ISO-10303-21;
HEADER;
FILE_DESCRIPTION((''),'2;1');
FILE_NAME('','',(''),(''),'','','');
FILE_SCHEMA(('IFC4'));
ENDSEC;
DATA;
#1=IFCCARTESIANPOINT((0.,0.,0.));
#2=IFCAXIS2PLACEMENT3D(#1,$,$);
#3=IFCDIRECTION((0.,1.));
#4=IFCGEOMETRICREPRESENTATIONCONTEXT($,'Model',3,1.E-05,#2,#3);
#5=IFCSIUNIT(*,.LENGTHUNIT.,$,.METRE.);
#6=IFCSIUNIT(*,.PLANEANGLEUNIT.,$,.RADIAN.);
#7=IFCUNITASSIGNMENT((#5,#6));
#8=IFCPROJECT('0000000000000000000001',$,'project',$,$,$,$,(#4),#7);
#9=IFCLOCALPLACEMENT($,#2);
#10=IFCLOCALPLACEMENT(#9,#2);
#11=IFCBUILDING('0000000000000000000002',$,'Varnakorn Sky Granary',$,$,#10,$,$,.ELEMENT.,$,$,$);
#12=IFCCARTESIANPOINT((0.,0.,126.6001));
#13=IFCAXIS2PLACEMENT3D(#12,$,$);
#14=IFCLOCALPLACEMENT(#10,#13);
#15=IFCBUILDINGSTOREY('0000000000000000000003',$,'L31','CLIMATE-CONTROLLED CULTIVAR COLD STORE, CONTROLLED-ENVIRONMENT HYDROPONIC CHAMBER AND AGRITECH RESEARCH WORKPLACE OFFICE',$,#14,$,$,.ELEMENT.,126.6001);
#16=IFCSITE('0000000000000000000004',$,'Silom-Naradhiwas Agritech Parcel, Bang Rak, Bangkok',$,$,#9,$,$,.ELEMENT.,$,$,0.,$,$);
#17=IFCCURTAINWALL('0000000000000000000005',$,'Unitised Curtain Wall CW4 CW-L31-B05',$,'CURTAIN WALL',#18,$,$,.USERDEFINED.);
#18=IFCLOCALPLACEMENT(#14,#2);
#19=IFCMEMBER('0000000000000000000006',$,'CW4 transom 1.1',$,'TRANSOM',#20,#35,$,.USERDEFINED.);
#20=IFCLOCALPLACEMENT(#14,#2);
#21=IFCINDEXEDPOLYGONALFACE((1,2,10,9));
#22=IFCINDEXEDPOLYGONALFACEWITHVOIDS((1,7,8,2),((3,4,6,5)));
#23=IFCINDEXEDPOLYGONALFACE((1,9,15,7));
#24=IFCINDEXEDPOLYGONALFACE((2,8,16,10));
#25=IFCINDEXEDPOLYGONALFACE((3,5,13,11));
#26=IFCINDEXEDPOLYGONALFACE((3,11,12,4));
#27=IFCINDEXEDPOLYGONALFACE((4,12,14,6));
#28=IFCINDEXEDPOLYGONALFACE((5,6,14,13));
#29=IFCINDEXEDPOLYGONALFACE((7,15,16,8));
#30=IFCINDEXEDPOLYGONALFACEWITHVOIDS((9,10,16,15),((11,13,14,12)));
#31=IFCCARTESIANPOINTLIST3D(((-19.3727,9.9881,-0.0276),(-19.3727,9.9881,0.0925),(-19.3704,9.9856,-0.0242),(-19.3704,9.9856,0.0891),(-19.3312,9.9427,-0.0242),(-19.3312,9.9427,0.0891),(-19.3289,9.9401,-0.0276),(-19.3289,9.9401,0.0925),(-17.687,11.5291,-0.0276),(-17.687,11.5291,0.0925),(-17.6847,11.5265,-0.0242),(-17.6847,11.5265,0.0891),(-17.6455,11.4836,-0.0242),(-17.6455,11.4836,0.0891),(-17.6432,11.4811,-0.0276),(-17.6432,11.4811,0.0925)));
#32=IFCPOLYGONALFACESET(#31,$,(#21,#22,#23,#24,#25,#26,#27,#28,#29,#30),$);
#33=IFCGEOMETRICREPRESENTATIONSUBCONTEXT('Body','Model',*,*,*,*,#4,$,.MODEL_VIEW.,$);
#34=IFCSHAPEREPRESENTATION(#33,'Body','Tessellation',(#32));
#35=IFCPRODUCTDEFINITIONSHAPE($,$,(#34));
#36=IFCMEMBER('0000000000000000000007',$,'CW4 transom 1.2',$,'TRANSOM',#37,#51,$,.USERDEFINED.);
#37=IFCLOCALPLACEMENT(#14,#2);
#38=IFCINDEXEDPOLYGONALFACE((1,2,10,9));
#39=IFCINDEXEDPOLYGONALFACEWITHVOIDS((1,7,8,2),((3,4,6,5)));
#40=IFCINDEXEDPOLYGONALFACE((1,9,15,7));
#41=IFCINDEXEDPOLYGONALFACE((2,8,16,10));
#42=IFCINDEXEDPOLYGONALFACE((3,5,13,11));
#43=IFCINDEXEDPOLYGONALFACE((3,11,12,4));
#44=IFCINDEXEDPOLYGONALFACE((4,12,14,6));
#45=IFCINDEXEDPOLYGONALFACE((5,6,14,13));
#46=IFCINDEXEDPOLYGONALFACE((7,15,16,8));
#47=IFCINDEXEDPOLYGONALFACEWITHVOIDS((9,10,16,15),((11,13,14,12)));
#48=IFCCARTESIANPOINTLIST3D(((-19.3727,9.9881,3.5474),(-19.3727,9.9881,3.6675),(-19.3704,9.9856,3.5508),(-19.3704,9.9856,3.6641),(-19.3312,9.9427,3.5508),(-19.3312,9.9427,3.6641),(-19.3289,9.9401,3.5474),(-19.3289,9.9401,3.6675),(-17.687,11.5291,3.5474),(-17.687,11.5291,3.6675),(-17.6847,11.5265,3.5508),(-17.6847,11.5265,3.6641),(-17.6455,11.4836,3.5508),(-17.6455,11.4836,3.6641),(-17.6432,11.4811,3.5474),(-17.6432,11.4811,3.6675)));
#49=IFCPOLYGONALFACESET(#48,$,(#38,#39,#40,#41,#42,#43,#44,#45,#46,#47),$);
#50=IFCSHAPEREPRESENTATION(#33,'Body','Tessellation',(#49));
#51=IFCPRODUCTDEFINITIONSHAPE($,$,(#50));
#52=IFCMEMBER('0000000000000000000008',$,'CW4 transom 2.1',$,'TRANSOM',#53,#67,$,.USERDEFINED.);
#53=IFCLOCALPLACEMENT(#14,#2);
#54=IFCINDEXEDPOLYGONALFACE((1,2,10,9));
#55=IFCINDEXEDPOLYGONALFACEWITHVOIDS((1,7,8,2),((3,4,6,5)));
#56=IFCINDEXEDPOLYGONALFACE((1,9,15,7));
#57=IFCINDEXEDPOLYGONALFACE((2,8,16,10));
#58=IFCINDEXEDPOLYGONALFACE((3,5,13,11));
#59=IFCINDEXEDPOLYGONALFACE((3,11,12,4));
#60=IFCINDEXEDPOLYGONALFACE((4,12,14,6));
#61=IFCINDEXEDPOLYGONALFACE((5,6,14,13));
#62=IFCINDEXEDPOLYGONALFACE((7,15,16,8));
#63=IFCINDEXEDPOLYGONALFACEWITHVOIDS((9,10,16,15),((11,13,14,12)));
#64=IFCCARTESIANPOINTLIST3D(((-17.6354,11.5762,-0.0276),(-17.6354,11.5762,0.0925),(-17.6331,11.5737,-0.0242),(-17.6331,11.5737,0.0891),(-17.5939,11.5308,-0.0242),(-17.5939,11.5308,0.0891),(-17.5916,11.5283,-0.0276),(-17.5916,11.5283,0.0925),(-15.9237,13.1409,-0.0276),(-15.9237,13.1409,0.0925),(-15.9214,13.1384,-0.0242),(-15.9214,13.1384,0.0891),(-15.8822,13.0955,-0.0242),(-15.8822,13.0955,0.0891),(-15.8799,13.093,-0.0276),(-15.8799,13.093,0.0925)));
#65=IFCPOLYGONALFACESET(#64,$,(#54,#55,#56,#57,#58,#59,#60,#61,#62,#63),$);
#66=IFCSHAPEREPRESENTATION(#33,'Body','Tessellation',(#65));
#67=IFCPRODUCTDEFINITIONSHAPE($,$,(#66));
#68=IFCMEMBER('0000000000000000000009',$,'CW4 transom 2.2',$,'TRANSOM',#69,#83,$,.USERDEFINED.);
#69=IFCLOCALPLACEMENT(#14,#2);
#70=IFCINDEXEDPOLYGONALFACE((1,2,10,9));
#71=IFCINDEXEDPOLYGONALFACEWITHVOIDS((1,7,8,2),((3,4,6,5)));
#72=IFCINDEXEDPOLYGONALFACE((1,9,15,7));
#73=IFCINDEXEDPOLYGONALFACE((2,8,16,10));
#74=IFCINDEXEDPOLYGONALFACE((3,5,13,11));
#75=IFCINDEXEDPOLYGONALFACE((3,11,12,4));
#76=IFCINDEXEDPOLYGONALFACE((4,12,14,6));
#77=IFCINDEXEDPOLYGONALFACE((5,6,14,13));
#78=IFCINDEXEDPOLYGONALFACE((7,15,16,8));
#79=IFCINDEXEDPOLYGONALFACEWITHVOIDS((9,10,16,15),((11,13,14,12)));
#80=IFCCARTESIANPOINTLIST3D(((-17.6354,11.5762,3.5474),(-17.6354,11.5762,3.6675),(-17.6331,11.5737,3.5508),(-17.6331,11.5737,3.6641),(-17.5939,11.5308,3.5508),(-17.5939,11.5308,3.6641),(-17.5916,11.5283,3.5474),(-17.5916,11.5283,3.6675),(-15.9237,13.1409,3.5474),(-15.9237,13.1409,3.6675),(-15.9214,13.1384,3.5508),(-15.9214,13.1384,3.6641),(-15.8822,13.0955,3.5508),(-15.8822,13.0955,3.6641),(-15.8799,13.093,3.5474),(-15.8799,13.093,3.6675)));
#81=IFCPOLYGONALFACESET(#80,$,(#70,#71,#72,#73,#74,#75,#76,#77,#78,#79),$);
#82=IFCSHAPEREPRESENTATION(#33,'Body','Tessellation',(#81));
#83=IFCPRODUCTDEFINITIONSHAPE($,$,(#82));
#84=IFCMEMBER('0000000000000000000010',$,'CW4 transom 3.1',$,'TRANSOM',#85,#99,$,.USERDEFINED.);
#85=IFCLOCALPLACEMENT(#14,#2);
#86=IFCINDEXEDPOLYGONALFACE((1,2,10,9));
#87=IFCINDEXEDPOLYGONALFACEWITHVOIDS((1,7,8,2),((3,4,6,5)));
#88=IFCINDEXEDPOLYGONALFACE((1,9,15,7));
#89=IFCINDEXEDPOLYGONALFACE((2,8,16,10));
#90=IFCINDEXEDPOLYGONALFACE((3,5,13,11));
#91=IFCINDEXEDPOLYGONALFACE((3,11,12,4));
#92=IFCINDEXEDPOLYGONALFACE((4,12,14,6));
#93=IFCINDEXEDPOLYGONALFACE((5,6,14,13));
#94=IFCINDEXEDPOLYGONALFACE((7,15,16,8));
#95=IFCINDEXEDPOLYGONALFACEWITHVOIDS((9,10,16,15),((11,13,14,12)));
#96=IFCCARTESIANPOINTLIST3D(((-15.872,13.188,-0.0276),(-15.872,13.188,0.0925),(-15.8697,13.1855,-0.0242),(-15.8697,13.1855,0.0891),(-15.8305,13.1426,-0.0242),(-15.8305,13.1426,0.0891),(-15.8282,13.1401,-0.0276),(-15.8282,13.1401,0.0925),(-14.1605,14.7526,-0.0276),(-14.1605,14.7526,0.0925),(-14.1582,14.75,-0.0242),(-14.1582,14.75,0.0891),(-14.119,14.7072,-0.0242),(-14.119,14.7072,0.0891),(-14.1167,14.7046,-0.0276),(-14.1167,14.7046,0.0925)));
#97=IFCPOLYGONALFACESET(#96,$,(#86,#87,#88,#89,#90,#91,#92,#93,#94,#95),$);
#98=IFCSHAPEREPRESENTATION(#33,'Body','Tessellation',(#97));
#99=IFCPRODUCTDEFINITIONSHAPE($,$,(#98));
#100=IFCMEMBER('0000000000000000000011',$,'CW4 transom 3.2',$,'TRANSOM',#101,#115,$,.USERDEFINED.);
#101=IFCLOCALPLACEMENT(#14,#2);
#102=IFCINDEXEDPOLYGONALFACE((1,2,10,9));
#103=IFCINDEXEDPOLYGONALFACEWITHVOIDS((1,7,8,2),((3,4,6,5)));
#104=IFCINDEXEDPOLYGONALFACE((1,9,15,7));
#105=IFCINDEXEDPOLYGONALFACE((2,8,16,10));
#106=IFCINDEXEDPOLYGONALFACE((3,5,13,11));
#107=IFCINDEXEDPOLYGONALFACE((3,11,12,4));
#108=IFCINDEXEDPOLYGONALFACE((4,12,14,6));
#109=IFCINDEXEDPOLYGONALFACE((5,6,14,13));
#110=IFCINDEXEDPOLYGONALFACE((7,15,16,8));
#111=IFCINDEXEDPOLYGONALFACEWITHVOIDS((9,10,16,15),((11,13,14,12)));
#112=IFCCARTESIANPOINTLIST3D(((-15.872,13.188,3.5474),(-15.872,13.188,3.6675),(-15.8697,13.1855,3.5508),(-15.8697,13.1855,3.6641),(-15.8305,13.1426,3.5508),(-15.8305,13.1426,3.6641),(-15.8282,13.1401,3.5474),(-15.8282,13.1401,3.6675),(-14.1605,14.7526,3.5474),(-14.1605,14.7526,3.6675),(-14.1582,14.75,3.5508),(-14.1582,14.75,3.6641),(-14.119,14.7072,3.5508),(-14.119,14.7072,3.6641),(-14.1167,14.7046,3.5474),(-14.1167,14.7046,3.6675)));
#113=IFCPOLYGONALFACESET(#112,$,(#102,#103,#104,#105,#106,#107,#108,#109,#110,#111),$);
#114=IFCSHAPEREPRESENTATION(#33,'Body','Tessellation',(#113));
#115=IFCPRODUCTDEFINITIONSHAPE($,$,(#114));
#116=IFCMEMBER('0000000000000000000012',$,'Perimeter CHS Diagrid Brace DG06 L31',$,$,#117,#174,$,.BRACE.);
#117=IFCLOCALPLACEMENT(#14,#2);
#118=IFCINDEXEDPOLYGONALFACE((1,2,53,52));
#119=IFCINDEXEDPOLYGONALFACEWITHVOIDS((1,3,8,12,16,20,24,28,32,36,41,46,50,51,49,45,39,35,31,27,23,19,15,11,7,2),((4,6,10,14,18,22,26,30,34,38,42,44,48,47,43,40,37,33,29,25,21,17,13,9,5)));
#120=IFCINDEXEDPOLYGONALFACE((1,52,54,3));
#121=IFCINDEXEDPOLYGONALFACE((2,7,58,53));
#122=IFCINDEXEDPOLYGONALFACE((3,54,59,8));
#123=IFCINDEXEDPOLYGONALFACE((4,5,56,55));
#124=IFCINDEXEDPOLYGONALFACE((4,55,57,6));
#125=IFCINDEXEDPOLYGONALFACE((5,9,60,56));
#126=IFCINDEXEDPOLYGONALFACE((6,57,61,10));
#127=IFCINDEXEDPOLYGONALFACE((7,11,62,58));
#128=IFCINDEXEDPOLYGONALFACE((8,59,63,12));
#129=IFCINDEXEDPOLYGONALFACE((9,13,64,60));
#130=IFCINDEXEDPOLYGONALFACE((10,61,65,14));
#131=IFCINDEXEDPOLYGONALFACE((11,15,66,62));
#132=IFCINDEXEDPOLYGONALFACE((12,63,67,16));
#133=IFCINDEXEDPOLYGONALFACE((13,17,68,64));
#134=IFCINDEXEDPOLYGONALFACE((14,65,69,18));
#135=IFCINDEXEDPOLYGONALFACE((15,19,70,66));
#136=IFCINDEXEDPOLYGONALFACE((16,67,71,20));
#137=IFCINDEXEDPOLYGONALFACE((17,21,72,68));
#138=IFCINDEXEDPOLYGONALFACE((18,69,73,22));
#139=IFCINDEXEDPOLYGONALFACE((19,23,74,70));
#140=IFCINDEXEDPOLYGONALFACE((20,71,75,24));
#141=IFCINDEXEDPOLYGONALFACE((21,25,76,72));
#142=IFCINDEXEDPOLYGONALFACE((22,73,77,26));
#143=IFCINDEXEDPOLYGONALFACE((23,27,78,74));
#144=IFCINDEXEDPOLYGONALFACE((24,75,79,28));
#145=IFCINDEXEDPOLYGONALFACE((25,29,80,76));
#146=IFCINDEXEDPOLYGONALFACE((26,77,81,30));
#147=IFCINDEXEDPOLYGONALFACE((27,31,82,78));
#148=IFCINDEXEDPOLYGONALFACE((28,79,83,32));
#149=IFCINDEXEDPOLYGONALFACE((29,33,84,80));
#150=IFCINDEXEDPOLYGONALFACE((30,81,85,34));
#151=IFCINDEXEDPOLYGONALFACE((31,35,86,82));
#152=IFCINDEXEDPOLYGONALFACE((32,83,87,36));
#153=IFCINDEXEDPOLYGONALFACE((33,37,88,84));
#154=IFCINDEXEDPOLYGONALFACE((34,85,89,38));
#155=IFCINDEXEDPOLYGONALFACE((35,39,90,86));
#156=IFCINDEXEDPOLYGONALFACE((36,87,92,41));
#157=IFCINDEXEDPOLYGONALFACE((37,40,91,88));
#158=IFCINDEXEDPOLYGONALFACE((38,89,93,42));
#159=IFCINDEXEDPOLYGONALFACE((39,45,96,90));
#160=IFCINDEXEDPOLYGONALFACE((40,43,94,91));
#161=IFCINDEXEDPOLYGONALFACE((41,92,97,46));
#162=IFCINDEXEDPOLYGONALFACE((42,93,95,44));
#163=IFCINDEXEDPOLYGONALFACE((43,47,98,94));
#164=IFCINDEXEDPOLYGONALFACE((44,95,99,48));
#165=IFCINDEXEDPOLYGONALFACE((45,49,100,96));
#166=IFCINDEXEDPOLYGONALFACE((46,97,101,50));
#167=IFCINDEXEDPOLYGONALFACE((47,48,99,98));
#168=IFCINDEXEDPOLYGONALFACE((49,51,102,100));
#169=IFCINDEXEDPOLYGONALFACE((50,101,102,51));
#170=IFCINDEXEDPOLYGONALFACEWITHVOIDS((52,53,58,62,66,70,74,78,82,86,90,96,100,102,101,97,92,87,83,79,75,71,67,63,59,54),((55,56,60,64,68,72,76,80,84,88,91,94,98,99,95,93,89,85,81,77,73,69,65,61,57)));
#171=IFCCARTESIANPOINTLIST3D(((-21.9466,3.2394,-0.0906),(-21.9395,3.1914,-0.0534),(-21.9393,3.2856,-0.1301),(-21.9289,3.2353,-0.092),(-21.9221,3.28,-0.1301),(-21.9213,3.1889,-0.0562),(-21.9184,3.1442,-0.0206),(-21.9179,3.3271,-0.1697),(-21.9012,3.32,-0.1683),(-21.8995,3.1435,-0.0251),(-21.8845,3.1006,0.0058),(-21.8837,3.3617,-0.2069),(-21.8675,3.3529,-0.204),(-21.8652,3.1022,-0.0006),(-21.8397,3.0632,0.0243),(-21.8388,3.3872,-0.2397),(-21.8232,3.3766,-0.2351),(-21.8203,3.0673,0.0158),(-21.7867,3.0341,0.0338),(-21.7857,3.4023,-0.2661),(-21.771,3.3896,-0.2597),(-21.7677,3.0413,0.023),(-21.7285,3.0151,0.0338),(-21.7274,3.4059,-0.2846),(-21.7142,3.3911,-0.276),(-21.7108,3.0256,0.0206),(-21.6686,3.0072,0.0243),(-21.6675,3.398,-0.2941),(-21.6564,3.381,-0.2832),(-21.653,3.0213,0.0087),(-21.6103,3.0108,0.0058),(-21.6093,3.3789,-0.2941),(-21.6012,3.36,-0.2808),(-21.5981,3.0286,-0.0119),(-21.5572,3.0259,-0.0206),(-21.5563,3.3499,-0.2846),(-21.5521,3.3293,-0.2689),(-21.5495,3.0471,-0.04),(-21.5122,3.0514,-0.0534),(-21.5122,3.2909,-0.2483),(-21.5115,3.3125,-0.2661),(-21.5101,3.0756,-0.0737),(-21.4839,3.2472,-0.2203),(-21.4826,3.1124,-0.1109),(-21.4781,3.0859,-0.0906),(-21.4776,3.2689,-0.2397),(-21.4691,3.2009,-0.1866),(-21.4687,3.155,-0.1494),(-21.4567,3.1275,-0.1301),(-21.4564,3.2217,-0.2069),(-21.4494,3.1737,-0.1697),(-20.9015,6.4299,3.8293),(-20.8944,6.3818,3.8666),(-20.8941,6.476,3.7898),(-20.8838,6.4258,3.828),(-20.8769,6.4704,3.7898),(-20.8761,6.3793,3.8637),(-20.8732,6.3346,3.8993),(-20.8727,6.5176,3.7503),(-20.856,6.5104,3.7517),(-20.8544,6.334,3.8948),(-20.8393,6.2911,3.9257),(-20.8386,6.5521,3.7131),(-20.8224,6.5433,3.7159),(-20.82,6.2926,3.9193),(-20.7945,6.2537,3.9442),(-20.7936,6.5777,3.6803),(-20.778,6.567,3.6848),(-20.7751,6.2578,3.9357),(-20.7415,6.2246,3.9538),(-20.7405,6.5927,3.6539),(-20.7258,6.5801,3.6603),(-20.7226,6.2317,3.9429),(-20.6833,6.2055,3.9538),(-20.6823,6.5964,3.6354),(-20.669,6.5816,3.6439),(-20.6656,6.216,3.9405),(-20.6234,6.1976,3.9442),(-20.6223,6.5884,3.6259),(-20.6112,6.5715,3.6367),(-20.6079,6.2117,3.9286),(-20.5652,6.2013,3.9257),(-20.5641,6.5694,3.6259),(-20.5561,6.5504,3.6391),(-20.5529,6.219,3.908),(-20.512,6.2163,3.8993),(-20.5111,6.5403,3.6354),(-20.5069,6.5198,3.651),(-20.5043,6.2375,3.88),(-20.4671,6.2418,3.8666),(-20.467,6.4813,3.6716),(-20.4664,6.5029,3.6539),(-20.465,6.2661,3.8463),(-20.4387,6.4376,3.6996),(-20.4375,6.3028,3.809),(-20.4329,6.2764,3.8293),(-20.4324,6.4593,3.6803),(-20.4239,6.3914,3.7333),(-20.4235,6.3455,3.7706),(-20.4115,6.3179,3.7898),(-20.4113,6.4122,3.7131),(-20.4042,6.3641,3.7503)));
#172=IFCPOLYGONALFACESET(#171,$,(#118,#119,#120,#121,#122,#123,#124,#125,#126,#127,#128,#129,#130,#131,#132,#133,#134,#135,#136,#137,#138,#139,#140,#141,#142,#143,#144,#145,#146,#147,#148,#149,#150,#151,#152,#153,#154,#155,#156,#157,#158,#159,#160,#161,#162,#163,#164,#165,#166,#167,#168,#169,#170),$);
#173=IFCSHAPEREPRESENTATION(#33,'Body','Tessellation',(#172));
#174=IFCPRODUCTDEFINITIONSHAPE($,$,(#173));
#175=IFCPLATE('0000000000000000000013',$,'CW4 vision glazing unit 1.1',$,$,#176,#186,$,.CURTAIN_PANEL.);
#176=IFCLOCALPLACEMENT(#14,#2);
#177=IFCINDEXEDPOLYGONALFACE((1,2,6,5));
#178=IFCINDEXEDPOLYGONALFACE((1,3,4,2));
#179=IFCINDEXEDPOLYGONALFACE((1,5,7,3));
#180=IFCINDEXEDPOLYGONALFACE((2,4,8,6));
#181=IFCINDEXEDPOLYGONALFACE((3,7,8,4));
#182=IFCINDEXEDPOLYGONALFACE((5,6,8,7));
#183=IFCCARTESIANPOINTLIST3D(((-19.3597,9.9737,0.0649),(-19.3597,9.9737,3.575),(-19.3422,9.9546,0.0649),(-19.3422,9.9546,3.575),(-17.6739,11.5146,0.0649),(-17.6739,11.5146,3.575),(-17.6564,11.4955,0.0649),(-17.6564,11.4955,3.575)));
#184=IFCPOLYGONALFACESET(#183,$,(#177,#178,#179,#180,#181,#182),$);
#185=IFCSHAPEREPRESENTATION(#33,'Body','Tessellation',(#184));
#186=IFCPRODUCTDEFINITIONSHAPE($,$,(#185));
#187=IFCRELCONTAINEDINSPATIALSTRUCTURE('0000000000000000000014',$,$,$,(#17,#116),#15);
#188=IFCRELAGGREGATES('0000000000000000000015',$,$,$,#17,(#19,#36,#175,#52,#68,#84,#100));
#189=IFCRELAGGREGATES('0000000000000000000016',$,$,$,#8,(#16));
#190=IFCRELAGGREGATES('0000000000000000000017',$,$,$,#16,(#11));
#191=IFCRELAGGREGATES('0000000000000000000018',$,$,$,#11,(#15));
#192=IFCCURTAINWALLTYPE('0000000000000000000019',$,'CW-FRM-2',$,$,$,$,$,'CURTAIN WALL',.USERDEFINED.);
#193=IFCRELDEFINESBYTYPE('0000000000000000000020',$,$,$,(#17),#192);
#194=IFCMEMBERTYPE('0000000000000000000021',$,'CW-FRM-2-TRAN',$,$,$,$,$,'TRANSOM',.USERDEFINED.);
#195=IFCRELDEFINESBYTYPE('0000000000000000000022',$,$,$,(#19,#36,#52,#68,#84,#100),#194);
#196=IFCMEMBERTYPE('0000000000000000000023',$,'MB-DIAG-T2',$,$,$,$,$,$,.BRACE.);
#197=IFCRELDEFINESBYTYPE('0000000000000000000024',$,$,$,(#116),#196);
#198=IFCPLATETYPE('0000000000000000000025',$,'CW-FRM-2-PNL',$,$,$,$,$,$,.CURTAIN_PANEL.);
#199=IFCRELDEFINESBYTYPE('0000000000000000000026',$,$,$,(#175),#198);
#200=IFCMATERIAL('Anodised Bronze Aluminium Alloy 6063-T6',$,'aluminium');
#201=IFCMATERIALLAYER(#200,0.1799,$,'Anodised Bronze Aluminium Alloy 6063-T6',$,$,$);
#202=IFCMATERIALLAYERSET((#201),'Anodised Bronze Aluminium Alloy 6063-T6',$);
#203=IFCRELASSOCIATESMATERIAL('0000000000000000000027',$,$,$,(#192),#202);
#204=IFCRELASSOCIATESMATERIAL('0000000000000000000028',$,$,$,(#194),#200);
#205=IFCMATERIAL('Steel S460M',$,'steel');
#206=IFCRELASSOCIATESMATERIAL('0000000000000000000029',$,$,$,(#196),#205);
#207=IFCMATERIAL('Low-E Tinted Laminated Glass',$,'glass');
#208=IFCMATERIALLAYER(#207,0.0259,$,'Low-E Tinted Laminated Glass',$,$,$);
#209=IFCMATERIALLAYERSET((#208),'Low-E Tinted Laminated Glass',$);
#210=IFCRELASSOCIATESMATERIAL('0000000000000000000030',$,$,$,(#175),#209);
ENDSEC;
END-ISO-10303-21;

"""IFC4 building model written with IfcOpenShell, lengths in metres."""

from ifc_helpers import new_model, si_unit, direction, frame, origin, origin_2d, place, context, subcontext, project, spatial, rectangle, hollow_rectangle, hollow_circle, extrude, source, transform, mapped, material, layer, layer_set, material_profile, profile_set, type_object, element, aggregate, save


model = new_model("IFC4")

# Units and contexts
model_context = context("Model", 3, precision=1e-05, world=origin(), true_north=direction((0.0, 1.0)))
body_context = subcontext(model_context, "Body", "Model", "MODEL_VIEW")
ifc_project = project(units=[si_unit("LENGTHUNIT", "METRE"), si_unit("PLANEANGLEUNIT", "RADIAN")], contexts=[model_context])

# Site, building, storey
site_placement = place(None, origin())
site = spatial("IfcSite", under=ifc_project, at=site_placement, Name="Silom-Naradhiwas Agritech Parcel, Bang Rak, Bangkok", CompositionType="ELEMENT", RefElevation=0.0)
building_placement = place(site_placement, origin())
building = spatial("IfcBuilding", under=site, at=building_placement, Name="Varnakorn Sky Granary", CompositionType="ELEMENT")
storey_placement = place(building_placement, frame((0.0, 0.0, 126.6001)))
storey = spatial("IfcBuildingStorey", under=building, at=storey_placement, Name="L31", Description="CLIMATE-CONTROLLED CULTIVAR COLD STORE, CONTROLLED-ENVIRONMENT HYDROPONIC CHAMBER AND AGRITECH RESEARCH WORKPLACE OFFICE", CompositionType="ELEMENT", Elevation=126.6001)

# Shared definitions
ifc_material_1 = material(Name="Steel S460M", Category="steel")

# Curtain wall, members
ifc_material_2 = material(Name="Anodised Bronze Aluminium Alloy 6063-T6", Category="aluminium")
ifc_layer_1 = layer(ifc_material_2, 0.1799, Name="Anodised Bronze Aluminium Alloy 6063-T6")
ifc_layer_set_1 = layer_set([ifc_layer_1], Name="Anodised Bronze Aluminium Alloy 6063-T6")
curtain_wall_type = type_object("IfcCurtainWallType", Name="CW-FRM-2", ElementType="CURTAIN WALL", PredefinedType="USERDEFINED", material=ifc_layer_set_1)
curtain_wall_placement = place(storey_placement, origin())
curtain_wall = element("IfcCurtainWall", 1, at=curtain_wall_placement, inside=storey, type_object=curtain_wall_type, Name="Unitised Curtain Wall CW4 CW-L31-B05", ObjectType="CURTAIN WALL", PredefinedType="USERDEFINED")
ifc_material_profile_1 = material_profile(ifc_material_2, hollow_rectangle(XDim=0.0649, YDim=0.1201, WallThickness=0.0034, at=origin_2d()), Name="ALU TRAN 65x120")
ifc_profile_set_1 = profile_set([ifc_material_profile_1], Name="Anodised Bronze Aluminium Alloy 6063-T6")
member_type_1 = type_object("IfcMemberType", Name="CW-FRM-2-TRAN", ElementType="TRANSOM", PredefinedType="USERDEFINED", material=ifc_profile_set_1)
member_1_placement = place(storey_placement, frame((-19.3508, 9.9641, 0.0325), z_axis=(0.73809, 0.674703, 0.0), x_axis=(-0.674703, 0.73809, 0.0)))
member_1 = element("IfcMember", 2, at=member_1_placement, type_object=member_type_1, Name="CW4 transom 1.1", ObjectType="TRANSOM", PredefinedType="USERDEFINED", context=body_context, shape_type="SweptSolid", body=[
    extrude(hollow_rectangle(XDim=0.0649, YDim=0.1201, WallThickness=0.0034, at=origin_2d()), origin(), (0.0, 0.0, 1.0), 2.2839),
])
member_2_placement = place(storey_placement, frame((-19.3508, 9.9641, 3.6074), z_axis=(0.73809, 0.674703, 0.0), x_axis=(-0.674703, 0.73809, 0.0)))
member_2 = element("IfcMember", 3, at=member_2_placement, type_object=member_type_1, Name="CW4 transom 1.2", ObjectType="TRANSOM", PredefinedType="USERDEFINED", context=body_context, shape_type="SweptSolid", body=[
    extrude(hollow_rectangle(XDim=0.0649, YDim=0.1201, WallThickness=0.0034, at=origin_2d()), origin(), (0.0, 0.0, 1.0), 2.2839),
])
member_3_placement = place(storey_placement, frame((-17.6135, 11.5522, 0.0325), z_axis=(0.738084, 0.674709, 0.0), x_axis=(-0.674709, 0.738084, 0.0)))
member_3 = element("IfcMember", 4, at=member_3_placement, type_object=member_type_1, Name="CW4 transom 2.1", ObjectType="TRANSOM", PredefinedType="USERDEFINED", context=body_context, shape_type="SweptSolid", body=[
    extrude(hollow_rectangle(XDim=0.0649, YDim=0.1201, WallThickness=0.0034, at=origin_2d()), origin(), (0.0, 0.0, 1.0), 2.3191),
])
member_4_placement = place(storey_placement, frame((-17.6135, 11.5522, 3.6074), z_axis=(0.738084, 0.674709, 0.0), x_axis=(-0.674709, 0.738084, 0.0)))
member_4 = element("IfcMember", 5, at=member_4_placement, type_object=member_type_1, Name="CW4 transom 2.2", ObjectType="TRANSOM", PredefinedType="USERDEFINED", context=body_context, shape_type="SweptSolid", body=[
    extrude(hollow_rectangle(XDim=0.0649, YDim=0.1201, WallThickness=0.0034, at=origin_2d()), origin(), (0.0, 0.0, 1.0), 2.3191),
])
member_5_placement = place(storey_placement, frame((-15.8501, 13.1641, 0.0325), z_axis=(0.738089, 0.674704, 0.0), x_axis=(-0.674704, 0.738089, 0.0)))
member_5 = element("IfcMember", 6, at=member_5_placement, type_object=member_type_1, Name="CW4 transom 3.1", ObjectType="TRANSOM", PredefinedType="USERDEFINED", context=body_context, shape_type="SweptSolid", body=[
    extrude(hollow_rectangle(XDim=0.0649, YDim=0.1201, WallThickness=0.0034, at=origin_2d()), origin(), (0.0, 0.0, 1.0), 2.3188),
])
member_6_placement = place(storey_placement, frame((-15.8501, 13.1641, 3.6074), z_axis=(0.738089, 0.674704, 0.0), x_axis=(-0.674704, 0.738089, 0.0)))
member_6 = element("IfcMember", 7, at=member_6_placement, type_object=member_type_1, Name="CW4 transom 3.2", ObjectType="TRANSOM", PredefinedType="USERDEFINED", context=body_context, shape_type="SweptSolid", body=[
    extrude(hollow_rectangle(XDim=0.0649, YDim=0.1201, WallThickness=0.0034, at=origin_2d()), origin(), (0.0, 0.0, 1.0), 2.3188),
])

# Member
ifc_material_profile_2 = material_profile(ifc_material_1, hollow_circle(Radius=0.2539, WallThickness=0.0181, at=origin_2d()), Name="CHS 508x18")
ifc_profile_set_2 = profile_set([ifc_material_profile_2], Name="Steel S460M")
member_type_2 = type_object("IfcMemberType", Name="MB-DIAG-T2", PredefinedType="BRACE", material=ifc_profile_set_2)
member_7_placement = place(storey_placement, frame((-21.698, 3.2065, -0.1301), z_axis=(0.202508, 0.618168, 0.759512), x_axis=(-0.950307, 0.311315, 0.0)))
element("IfcMember", 8, at=member_7_placement, inside=storey, type_object=member_type_2, Name="Perimeter CHS Diagrid Brace DG06 L31", PredefinedType="BRACE", context=body_context, shape_type="SweptSolid", body=[
    extrude(hollow_circle(Radius=0.2539, WallThickness=0.0181, at=origin_2d()), origin(), (0.0, 0.0, 1.0), 5.1611),
])

# Plate
ifc_material_3 = material(Name="Low-E Tinted Laminated Glass", Category="glass")
ifc_layer_2 = layer(ifc_material_3, 0.0259, Name="Low-E Tinted Laminated Glass")
ifc_layer_set_2 = layer_set([ifc_layer_2], Name="Low-E Tinted Laminated Glass")
plate_type = type_object("IfcPlateType", Name="CW-FRM-2-PNL", PredefinedType="CURTAIN_PANEL")
shared_shape_1 = source(origin(), body_context, "Body", "SweptSolid", [
    extrude(rectangle(XDim=2.2839, YDim=0.0259, at=origin_2d()), origin(), (0.0, 0.0, 1.0), 3.51),
])
plate_1_placement = place(storey_placement, frame((-18.5081, 10.7346, 0.0649), z_axis=(0.0, 0.0, 1.0), x_axis=(0.73811, 0.674681, 0.0)))
plate_1 = element("IfcPlate", 9, at=plate_1_placement, type_object=plate_type, material=ifc_layer_set_2, Name="CW4 vision glazing unit 1.1", PredefinedType="CURTAIN_PANEL", context=body_context, shape_type="MappedRepresentation", body=[
    mapped(shared_shape_1, transform((0.0, 0.0, 0.0), x_axis=(1.0, 0.0, 0.0), y_axis=(0.0, 1.0, 0.0), z_axis=(0.0, 0.0, 1.0), scale=1.0)),
])
aggregate(curtain_wall, [member_1, member_2, plate_1, member_3, member_4, member_5, member_6])

save(model, "model.ifc")
